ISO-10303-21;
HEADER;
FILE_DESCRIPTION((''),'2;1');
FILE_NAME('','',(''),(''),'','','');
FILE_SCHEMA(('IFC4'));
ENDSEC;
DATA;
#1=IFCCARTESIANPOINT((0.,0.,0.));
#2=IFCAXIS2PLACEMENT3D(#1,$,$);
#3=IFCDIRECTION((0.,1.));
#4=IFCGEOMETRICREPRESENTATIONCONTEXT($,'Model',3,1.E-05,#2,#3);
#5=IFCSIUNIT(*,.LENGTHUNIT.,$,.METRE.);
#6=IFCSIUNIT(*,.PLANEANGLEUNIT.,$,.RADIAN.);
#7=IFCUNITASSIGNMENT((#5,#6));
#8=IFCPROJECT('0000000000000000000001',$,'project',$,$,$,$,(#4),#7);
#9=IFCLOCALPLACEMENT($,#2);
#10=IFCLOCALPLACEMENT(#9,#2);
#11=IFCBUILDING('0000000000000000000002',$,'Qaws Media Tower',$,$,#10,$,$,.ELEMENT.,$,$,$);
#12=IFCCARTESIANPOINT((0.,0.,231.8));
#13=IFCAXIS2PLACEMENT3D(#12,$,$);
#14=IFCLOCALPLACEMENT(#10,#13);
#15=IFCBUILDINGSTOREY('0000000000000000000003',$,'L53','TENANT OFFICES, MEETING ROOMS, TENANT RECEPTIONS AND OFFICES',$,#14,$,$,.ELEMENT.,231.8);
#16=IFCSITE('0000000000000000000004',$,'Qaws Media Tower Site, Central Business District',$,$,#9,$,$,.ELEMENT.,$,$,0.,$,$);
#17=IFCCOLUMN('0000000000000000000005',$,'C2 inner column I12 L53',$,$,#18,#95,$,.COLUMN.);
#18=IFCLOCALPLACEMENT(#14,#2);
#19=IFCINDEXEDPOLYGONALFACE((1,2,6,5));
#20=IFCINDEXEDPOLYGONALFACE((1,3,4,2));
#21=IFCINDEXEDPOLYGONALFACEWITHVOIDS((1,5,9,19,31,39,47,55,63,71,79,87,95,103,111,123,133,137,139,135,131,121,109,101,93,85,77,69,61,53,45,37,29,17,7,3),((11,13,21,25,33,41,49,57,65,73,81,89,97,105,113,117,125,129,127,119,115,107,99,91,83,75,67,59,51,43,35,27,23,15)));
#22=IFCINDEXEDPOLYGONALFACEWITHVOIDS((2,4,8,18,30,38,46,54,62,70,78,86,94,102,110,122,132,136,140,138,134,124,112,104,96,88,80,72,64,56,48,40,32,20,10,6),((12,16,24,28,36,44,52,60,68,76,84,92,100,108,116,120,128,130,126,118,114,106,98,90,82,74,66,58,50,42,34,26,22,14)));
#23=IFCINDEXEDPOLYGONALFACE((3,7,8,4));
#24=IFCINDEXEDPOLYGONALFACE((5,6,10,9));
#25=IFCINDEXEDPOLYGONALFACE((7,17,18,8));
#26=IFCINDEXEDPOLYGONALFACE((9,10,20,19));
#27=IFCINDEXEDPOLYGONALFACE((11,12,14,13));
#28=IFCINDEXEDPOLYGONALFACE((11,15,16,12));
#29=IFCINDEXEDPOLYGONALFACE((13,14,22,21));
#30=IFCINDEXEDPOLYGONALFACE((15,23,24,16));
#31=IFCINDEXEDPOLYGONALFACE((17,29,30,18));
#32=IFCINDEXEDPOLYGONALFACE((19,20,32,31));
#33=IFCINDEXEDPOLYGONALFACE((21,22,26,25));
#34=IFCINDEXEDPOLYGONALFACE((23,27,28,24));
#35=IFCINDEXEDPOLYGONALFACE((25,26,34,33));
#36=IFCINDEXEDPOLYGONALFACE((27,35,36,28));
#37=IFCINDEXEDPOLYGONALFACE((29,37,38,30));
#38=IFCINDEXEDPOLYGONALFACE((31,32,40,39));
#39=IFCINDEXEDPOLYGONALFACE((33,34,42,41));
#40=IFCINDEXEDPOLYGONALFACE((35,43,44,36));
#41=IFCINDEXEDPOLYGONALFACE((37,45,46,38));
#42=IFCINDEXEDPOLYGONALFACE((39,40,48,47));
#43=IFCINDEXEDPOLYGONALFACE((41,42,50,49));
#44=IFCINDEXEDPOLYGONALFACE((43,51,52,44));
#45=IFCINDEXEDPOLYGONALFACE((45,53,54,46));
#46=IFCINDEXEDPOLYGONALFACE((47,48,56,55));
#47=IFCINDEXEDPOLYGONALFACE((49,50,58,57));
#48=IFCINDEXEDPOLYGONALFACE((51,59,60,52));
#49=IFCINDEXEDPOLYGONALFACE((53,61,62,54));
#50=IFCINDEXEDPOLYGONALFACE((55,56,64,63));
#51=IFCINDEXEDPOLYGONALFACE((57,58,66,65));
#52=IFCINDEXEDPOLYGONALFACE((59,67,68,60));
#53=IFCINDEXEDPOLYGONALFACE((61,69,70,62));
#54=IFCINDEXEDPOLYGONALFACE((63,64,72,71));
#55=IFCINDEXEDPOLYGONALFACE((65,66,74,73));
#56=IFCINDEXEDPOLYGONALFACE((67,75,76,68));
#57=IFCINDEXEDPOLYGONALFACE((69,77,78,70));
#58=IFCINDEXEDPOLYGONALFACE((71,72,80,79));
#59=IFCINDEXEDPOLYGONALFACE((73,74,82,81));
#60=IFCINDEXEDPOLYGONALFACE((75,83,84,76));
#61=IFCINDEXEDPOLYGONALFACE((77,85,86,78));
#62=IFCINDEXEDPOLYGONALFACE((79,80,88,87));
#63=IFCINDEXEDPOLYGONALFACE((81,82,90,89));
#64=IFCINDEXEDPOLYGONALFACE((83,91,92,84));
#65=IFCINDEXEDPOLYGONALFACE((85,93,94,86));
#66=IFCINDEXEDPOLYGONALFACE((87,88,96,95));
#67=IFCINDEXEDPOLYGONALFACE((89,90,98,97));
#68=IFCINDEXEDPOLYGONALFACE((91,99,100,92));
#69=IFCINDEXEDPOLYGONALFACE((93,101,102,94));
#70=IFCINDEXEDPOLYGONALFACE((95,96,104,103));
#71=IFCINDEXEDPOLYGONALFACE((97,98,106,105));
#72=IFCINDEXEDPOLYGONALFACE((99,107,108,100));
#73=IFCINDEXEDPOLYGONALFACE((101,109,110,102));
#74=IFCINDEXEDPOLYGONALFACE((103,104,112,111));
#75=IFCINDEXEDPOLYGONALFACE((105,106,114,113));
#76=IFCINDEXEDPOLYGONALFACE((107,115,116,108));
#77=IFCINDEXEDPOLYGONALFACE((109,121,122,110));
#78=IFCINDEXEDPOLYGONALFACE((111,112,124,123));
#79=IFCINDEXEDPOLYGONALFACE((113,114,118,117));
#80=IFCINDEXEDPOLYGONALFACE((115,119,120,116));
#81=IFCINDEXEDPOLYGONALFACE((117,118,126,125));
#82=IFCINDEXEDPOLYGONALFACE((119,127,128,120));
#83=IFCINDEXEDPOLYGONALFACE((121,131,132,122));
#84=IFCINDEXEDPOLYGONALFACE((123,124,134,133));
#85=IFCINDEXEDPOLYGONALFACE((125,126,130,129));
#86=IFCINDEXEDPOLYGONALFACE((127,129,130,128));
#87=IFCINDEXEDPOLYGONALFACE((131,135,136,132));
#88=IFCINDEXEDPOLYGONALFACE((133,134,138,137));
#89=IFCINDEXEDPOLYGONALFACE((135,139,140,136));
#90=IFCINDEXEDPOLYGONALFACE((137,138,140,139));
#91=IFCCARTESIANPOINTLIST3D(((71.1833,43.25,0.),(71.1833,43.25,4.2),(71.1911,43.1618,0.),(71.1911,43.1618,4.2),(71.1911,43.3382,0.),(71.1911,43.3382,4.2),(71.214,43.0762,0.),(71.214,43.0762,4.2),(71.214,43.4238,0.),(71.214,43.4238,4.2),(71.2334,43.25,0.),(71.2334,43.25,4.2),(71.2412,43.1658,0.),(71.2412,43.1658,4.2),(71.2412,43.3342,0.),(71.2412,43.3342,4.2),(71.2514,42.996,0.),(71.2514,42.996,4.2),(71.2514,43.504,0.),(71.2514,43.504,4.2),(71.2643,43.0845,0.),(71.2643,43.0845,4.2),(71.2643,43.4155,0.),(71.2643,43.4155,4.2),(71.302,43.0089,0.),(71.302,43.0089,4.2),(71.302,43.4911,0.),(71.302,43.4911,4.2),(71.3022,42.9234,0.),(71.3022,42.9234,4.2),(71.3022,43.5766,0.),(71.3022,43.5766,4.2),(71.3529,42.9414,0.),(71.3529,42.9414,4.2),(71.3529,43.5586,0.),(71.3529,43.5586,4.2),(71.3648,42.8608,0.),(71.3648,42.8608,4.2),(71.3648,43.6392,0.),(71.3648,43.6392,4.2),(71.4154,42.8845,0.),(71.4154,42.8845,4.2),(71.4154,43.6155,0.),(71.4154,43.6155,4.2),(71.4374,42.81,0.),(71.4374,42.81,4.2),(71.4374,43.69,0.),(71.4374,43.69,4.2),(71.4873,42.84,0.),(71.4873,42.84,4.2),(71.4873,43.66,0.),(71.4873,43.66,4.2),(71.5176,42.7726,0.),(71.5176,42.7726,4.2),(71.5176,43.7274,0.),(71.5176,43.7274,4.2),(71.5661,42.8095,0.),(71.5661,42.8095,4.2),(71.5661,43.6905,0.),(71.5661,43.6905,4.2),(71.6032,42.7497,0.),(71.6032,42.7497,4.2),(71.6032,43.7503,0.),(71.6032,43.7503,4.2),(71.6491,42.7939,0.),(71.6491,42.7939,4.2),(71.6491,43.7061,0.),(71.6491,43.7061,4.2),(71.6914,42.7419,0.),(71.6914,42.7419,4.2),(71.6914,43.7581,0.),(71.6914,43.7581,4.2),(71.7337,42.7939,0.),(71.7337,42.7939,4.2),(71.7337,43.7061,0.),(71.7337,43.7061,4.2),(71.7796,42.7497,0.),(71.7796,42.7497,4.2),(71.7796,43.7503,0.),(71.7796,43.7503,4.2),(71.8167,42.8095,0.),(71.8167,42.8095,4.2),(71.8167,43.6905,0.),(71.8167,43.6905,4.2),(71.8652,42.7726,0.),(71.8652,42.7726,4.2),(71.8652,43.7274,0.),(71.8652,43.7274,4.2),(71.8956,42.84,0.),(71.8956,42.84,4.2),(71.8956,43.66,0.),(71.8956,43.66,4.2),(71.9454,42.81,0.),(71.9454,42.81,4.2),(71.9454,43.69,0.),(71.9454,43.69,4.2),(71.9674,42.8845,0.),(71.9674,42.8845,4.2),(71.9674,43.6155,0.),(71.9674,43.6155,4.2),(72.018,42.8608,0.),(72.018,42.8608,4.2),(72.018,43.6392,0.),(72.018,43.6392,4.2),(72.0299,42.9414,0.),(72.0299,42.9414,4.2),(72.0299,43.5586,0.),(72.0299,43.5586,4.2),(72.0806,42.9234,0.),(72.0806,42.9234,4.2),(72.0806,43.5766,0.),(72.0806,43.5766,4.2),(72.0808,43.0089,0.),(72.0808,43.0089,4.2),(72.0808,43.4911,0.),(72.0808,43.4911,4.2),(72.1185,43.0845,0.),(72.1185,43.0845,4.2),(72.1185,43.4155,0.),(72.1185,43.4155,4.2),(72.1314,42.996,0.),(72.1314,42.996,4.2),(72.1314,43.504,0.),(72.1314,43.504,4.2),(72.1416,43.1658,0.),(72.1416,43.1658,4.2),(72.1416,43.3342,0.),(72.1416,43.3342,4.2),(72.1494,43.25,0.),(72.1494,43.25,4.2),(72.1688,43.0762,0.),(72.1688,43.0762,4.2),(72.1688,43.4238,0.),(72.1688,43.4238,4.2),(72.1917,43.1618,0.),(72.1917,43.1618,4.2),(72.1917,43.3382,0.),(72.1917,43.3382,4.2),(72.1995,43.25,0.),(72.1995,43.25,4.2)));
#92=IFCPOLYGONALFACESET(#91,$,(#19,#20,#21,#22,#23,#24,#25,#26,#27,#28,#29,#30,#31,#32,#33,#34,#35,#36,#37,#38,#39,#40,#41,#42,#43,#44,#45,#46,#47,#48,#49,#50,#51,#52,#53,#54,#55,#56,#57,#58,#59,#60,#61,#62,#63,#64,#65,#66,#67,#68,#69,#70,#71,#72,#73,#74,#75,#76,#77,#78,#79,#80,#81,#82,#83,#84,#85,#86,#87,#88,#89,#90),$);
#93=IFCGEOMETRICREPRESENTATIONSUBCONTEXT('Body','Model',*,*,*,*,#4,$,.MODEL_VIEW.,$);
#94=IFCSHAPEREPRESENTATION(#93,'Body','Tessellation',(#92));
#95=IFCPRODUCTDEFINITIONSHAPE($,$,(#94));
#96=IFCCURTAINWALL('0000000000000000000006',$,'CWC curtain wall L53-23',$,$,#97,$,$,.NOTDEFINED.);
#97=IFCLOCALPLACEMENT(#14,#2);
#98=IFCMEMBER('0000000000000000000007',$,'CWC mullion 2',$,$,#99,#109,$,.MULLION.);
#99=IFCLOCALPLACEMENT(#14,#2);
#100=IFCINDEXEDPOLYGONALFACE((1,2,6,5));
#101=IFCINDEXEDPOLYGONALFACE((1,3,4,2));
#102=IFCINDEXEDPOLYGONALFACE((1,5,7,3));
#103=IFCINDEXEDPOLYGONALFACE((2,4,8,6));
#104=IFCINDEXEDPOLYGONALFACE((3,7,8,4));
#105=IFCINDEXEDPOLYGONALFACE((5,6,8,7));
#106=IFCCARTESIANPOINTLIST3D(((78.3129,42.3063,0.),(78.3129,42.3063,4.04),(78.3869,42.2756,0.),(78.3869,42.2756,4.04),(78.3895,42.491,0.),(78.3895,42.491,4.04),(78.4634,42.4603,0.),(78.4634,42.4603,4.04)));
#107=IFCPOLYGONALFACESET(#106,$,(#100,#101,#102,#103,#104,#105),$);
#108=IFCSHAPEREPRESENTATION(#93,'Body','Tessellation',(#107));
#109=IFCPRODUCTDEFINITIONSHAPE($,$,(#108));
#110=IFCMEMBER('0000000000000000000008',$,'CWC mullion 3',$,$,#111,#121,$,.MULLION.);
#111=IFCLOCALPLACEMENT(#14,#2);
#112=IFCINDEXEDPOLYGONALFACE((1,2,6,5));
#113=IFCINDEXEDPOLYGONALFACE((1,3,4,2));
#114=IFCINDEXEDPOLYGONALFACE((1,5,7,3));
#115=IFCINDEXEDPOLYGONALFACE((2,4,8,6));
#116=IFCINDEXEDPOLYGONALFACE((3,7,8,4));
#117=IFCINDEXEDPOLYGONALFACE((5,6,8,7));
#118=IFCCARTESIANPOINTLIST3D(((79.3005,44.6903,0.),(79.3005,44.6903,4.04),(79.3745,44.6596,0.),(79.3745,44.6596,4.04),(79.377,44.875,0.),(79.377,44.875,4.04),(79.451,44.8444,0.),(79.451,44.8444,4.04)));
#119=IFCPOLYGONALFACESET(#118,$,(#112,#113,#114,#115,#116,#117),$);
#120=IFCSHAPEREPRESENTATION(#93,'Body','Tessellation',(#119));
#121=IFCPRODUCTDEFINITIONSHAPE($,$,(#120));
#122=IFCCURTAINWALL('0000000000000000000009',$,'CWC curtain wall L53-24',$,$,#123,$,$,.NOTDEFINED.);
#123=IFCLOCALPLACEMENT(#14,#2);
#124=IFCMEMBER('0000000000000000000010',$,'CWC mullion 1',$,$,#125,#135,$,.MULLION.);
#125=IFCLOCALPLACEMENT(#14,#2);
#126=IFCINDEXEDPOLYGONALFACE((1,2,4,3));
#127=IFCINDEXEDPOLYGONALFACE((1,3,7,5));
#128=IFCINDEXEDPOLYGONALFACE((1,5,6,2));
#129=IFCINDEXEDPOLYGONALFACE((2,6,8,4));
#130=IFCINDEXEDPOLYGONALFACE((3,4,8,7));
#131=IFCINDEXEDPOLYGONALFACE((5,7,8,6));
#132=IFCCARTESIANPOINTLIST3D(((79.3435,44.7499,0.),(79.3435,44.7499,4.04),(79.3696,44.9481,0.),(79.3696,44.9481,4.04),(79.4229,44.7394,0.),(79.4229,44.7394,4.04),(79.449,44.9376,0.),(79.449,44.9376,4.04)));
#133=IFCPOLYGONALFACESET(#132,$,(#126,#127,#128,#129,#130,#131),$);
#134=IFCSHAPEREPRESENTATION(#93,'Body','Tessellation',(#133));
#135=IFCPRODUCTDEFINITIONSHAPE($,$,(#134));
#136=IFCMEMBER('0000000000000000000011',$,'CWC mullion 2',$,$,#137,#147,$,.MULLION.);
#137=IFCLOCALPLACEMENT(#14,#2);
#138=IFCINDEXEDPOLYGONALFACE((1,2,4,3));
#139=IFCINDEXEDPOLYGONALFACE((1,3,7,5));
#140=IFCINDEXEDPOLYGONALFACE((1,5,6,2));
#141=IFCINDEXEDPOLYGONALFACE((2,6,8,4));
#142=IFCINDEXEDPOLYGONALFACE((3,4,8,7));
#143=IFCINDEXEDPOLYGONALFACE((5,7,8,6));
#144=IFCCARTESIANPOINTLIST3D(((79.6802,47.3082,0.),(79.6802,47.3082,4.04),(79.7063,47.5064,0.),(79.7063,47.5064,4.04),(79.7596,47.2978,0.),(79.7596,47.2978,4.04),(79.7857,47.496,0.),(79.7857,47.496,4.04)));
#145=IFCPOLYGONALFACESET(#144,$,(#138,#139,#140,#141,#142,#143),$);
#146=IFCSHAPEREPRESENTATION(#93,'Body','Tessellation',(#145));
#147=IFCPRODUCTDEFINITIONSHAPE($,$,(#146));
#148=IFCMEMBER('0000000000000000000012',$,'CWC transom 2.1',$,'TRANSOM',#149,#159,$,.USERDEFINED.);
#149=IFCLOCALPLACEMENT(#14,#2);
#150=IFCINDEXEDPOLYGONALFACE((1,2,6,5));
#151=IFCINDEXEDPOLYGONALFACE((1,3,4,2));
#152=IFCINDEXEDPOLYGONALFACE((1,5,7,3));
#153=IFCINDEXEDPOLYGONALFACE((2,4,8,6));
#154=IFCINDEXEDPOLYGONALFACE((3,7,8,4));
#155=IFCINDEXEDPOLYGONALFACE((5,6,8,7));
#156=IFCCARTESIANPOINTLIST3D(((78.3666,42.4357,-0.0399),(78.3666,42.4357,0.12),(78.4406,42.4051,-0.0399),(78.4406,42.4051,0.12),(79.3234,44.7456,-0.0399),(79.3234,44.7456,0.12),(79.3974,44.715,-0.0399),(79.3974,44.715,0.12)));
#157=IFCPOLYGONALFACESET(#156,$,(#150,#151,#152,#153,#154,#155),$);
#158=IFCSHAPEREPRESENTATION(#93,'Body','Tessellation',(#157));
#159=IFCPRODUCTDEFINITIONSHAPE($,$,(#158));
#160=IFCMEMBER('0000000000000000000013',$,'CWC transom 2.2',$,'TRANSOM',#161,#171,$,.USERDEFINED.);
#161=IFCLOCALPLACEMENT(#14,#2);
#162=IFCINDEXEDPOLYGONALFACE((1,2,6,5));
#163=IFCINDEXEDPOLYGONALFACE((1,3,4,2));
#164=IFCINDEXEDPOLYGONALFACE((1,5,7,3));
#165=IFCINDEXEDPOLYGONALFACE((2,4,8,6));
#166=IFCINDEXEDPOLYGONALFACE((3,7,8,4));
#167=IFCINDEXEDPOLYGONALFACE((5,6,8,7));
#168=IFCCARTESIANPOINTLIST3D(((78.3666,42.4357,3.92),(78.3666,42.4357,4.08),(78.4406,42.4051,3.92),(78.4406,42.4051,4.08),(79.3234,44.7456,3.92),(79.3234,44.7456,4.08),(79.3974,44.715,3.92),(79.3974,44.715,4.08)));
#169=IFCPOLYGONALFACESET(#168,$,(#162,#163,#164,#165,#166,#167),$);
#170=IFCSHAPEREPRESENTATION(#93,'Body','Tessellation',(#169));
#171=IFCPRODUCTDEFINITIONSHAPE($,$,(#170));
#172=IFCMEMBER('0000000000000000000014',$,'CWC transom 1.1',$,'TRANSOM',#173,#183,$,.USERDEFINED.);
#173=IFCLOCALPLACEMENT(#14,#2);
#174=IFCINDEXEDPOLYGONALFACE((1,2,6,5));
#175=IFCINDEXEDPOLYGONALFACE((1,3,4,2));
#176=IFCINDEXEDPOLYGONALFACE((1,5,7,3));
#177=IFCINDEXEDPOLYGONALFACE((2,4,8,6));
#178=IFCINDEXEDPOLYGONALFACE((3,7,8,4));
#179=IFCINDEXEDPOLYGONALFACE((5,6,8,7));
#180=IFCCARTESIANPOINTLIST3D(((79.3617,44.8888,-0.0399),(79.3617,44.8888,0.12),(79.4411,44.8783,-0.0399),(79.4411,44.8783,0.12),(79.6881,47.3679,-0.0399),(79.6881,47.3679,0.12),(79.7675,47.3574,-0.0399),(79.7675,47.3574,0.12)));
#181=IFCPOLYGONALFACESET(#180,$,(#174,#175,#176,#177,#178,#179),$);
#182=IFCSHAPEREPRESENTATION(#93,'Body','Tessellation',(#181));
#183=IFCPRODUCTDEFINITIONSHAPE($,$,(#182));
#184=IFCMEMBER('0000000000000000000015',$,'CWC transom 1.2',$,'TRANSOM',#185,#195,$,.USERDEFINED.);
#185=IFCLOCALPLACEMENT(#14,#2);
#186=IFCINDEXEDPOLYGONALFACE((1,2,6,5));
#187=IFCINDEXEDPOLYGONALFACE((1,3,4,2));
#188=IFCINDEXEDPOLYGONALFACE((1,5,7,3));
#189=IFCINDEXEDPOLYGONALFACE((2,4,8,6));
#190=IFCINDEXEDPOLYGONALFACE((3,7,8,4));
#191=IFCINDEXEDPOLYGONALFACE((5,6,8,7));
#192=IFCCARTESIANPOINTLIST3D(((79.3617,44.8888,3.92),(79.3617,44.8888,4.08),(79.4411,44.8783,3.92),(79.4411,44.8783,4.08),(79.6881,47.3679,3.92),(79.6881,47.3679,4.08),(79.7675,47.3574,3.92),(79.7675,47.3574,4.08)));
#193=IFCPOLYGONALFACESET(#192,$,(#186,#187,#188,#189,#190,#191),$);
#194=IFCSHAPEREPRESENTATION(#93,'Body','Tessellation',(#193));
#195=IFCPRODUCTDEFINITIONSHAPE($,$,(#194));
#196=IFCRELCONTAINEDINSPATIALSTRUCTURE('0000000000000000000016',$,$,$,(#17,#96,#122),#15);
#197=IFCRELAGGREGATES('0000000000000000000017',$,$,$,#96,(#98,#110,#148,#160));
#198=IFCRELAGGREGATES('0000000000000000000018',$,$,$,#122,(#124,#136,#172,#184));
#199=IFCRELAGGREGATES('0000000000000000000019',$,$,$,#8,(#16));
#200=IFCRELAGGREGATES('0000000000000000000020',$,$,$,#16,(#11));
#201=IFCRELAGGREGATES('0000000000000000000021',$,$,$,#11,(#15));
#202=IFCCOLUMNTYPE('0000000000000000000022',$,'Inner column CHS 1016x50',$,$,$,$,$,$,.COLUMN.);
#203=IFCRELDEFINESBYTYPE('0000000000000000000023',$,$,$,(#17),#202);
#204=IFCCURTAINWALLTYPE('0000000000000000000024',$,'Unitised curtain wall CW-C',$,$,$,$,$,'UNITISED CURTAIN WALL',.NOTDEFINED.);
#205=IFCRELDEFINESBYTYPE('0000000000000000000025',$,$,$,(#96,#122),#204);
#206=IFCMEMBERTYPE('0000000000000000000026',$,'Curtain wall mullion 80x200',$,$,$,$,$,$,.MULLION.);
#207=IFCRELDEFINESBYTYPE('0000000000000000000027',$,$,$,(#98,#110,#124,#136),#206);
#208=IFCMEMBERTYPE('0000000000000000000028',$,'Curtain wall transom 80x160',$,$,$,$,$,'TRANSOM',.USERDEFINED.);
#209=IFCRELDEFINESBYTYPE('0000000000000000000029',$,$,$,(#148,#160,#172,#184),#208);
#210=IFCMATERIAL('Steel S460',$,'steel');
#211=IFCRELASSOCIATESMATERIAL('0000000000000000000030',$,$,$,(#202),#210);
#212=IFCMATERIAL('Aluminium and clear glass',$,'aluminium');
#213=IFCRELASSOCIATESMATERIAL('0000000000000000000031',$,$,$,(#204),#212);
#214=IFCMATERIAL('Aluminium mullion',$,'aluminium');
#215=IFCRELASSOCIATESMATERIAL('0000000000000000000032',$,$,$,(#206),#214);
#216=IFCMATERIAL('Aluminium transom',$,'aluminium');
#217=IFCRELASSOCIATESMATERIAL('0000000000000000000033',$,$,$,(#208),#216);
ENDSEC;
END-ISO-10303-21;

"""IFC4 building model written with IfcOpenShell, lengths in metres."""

from ifc_helpers import new_model, si_unit, direction, frame, origin, origin_2d, place, context, subcontext, project, spatial, rectangle, hollow_circle, extrude, material, material_profile, profile_set, type_object, element, aggregate, save


model = new_model("IFC4")

# Units and contexts
model_context = context("Model", 3, precision=1e-05, world=origin(), true_north=direction((0.0, 1.0)))
body_context = subcontext(model_context, "Body", "Model", "MODEL_VIEW")
ifc_project = project(units=[si_unit("LENGTHUNIT", "METRE"), si_unit("PLANEANGLEUNIT", "RADIAN")], contexts=[model_context])

# Site, building, storey
site_placement = place(None, origin())
site = spatial("IfcSite", under=ifc_project, at=site_placement, Name="Qaws Media Tower Site, Central Business District", CompositionType="ELEMENT", RefElevation=0.0)
building_placement = place(site_placement, origin())
building = spatial("IfcBuilding", under=site, at=building_placement, Name="Qaws Media Tower", CompositionType="ELEMENT")
storey_placement = place(building_placement, frame((0.0, 0.0, 231.8)))
storey = spatial("IfcBuildingStorey", under=building, at=storey_placement, Name="L53", Description="TENANT OFFICES, MEETING ROOMS, TENANT RECEPTIONS AND OFFICES", CompositionType="ELEMENT", Elevation=231.8)

# Column
ifc_material_1 = material(Name="Steel S460", Category="steel")
ifc_material_profile_1 = material_profile(ifc_material_1, hollow_circle(Radius=0.5081, WallThickness=0.05, at=origin_2d()), Name="CHS 1016x50")
ifc_profile_set_1 = profile_set([ifc_material_profile_1], Name="Steel S460")
column_type = type_object("IfcColumnType", Name="Inner column CHS 1016x50", PredefinedType="COLUMN", material=ifc_profile_set_1)
column_placement = place(storey_placement, frame((71.6914, 43.25, 0.0), z_axis=(0.0, 0.0, 1.0), x_axis=(1.0, 0.0, 0.0)))
element("IfcColumn", 1, at=column_placement, inside=storey, type_object=column_type, Name="C2 inner column I12 L53", PredefinedType="COLUMN", context=body_context, shape_type="SweptSolid", body=[
    extrude(hollow_circle(Radius=0.5081, WallThickness=0.05, at=origin_2d()), origin(), (0.0, 0.0, 1.0), 4.2),
])

# Curtain walls, members
ifc_material_2 = material(Name="Aluminium and clear glass", Category="aluminium")
curtain_wall_type = type_object("IfcCurtainWallType", Name="Unitised curtain wall CW-C", ElementType="UNITISED CURTAIN WALL", PredefinedType="NOTDEFINED", material=ifc_material_2)
curtain_wall_1_placement = place(storey_placement, origin())
curtain_wall_1 = element("IfcCurtainWall", 2, at=curtain_wall_1_placement, inside=storey, type_object=curtain_wall_type, Name="CWC curtain wall L53-23", PredefinedType="NOTDEFINED")
ifc_material_3 = material(Name="Aluminium mullion", Category="aluminium")
ifc_material_profile_2 = material_profile(ifc_material_3, rectangle(XDim=0.0801, YDim=0.2, at=origin_2d()), Name="80x200")
ifc_profile_set_2 = profile_set([ifc_material_profile_2], Name="Aluminium mullion")
member_type_1 = type_object("IfcMemberType", Name="Curtain wall mullion 80x200", PredefinedType="MULLION", material=ifc_profile_set_2)
member_1_placement = place(storey_placement, frame((78.3882, 42.3833, 0.0), z_axis=(0.0, 0.0, 1.0), x_axis=(-0.92388, 0.382683, 0.0)))
member_1 = element("IfcMember", 3, at=member_1_placement, type_object=member_type_1, Name="CWC mullion 2", PredefinedType="MULLION", context=body_context, shape_type="SweptSolid", body=[
    extrude(rectangle(XDim=0.0801, YDim=0.2, at=origin_2d()), origin(), (0.0, 0.0, 1.0), 4.04),
])
member_2_placement = place(storey_placement, frame((79.3757, 44.7673, 0.0), z_axis=(0.0, 0.0, 1.0), x_axis=(-0.92388, 0.382683, 0.0)))
member_2 = element("IfcMember", 4, at=member_2_placement, type_object=member_type_1, Name="CWC mullion 3", PredefinedType="MULLION", context=body_context, shape_type="SweptSolid", body=[
    extrude(rectangle(XDim=0.0801, YDim=0.2, at=origin_2d()), origin(), (0.0, 0.0, 1.0), 4.04),
])
curtain_wall_2_placement = place(storey_placement, origin())
curtain_wall_2 = element("IfcCurtainWall", 5, at=curtain_wall_2_placement, inside=storey, type_object=curtain_wall_type, Name="CWC curtain wall L53-24", PredefinedType="NOTDEFINED")
member_3_placement = place(storey_placement, frame((79.3962, 44.8438, 0.0), z_axis=(0.0, 0.0, 1.0), x_axis=(-0.991445, 0.130526, 0.0)))
member_3 = element("IfcMember", 6, at=member_3_placement, type_object=member_type_1, Name="CWC mullion 1", PredefinedType="MULLION", context=body_context, shape_type="SweptSolid", body=[
    extrude(rectangle(XDim=0.0801, YDim=0.2, at=origin_2d()), origin(), (0.0, 0.0, 1.0), 4.04),
])
member_4_placement = place(storey_placement, frame((79.7329, 47.4021, 0.0), z_axis=(0.0, 0.0, 1.0), x_axis=(-0.991445, 0.130526, 0.0)))
member_4 = element("IfcMember", 7, at=member_4_placement, type_object=member_type_1, Name="CWC mullion 2", PredefinedType="MULLION", context=body_context, shape_type="SweptSolid", body=[
    extrude(rectangle(XDim=0.0801, YDim=0.2, at=origin_2d()), origin(), (0.0, 0.0, 1.0), 4.04),
])

# Members
ifc_material_4 = material(Name="Aluminium transom", Category="aluminium")
ifc_material_profile_3 = material_profile(ifc_material_4, rectangle(XDim=0.0801, YDim=0.1599, at=origin_2d()), Name="80x160")
ifc_profile_set_3 = profile_set([ifc_material_profile_3], Name="Aluminium transom")
member_type_2 = type_object("IfcMemberType", Name="Curtain wall transom 80x160", ElementType="TRANSOM", PredefinedType="USERDEFINED", material=ifc_profile_set_3)
member_5_placement = place(storey_placement, frame((78.4036, 42.4204, 0.04), z_axis=(0.382694, 0.923875, 0.0), x_axis=(-0.923875, 0.382694, 0.0)))
member_5 = element("IfcMember", 8, at=member_5_placement, type_object=member_type_2, Name="CWC transom 2.1", ObjectType="TRANSOM", PredefinedType="USERDEFINED", context=body_context, shape_type="SweptSolid", body=[
    extrude(rectangle(XDim=0.0801, YDim=0.1599, at=origin_2d()), origin(), (0.0, 0.0, 1.0), 2.5002),
])
member_6_placement = place(storey_placement, frame((78.4036, 42.4204, 4.0), z_axis=(0.382694, 0.923875, 0.0), x_axis=(-0.923875, 0.382694, 0.0)))
member_6 = element("IfcMember", 9, at=member_6_placement, type_object=member_type_2, Name="CWC transom 2.2", ObjectType="TRANSOM", PredefinedType="USERDEFINED", context=body_context, shape_type="SweptSolid", body=[
    extrude(rectangle(XDim=0.0801, YDim=0.1599, at=origin_2d()), origin(), (0.0, 0.0, 1.0), 2.5002),
])
member_7_placement = place(storey_placement, frame((79.4014, 44.8835, 0.04), z_axis=(0.130545, 0.991442, 0.0), x_axis=(-0.991442, 0.130545, 0.0)))
member_7 = element("IfcMember", 10, at=member_7_placement, type_object=member_type_2, Name="CWC transom 1.1", ObjectType="TRANSOM", PredefinedType="USERDEFINED", context=body_context, shape_type="SweptSolid", body=[
    extrude(rectangle(XDim=0.0801, YDim=0.1599, at=origin_2d()), origin(), (0.0, 0.0, 1.0), 2.5005),
])
member_8_placement = place(storey_placement, frame((79.4014, 44.8835, 4.0), z_axis=(0.130545, 0.991442, 0.0), x_axis=(-0.991442, 0.130545, 0.0)))
member_8 = element("IfcMember", 11, at=member_8_placement, type_object=member_type_2, Name="CWC transom 1.2", ObjectType="TRANSOM", PredefinedType="USERDEFINED", context=body_context, shape_type="SweptSolid", body=[
    extrude(rectangle(XDim=0.0801, YDim=0.1599, at=origin_2d()), origin(), (0.0, 0.0, 1.0), 2.5005),
])

aggregate(curtain_wall_1, [member_1, member_2, member_5, member_6])
aggregate(curtain_wall_2, [member_3, member_4, member_7, member_8])

save(model, "model.ifc")
